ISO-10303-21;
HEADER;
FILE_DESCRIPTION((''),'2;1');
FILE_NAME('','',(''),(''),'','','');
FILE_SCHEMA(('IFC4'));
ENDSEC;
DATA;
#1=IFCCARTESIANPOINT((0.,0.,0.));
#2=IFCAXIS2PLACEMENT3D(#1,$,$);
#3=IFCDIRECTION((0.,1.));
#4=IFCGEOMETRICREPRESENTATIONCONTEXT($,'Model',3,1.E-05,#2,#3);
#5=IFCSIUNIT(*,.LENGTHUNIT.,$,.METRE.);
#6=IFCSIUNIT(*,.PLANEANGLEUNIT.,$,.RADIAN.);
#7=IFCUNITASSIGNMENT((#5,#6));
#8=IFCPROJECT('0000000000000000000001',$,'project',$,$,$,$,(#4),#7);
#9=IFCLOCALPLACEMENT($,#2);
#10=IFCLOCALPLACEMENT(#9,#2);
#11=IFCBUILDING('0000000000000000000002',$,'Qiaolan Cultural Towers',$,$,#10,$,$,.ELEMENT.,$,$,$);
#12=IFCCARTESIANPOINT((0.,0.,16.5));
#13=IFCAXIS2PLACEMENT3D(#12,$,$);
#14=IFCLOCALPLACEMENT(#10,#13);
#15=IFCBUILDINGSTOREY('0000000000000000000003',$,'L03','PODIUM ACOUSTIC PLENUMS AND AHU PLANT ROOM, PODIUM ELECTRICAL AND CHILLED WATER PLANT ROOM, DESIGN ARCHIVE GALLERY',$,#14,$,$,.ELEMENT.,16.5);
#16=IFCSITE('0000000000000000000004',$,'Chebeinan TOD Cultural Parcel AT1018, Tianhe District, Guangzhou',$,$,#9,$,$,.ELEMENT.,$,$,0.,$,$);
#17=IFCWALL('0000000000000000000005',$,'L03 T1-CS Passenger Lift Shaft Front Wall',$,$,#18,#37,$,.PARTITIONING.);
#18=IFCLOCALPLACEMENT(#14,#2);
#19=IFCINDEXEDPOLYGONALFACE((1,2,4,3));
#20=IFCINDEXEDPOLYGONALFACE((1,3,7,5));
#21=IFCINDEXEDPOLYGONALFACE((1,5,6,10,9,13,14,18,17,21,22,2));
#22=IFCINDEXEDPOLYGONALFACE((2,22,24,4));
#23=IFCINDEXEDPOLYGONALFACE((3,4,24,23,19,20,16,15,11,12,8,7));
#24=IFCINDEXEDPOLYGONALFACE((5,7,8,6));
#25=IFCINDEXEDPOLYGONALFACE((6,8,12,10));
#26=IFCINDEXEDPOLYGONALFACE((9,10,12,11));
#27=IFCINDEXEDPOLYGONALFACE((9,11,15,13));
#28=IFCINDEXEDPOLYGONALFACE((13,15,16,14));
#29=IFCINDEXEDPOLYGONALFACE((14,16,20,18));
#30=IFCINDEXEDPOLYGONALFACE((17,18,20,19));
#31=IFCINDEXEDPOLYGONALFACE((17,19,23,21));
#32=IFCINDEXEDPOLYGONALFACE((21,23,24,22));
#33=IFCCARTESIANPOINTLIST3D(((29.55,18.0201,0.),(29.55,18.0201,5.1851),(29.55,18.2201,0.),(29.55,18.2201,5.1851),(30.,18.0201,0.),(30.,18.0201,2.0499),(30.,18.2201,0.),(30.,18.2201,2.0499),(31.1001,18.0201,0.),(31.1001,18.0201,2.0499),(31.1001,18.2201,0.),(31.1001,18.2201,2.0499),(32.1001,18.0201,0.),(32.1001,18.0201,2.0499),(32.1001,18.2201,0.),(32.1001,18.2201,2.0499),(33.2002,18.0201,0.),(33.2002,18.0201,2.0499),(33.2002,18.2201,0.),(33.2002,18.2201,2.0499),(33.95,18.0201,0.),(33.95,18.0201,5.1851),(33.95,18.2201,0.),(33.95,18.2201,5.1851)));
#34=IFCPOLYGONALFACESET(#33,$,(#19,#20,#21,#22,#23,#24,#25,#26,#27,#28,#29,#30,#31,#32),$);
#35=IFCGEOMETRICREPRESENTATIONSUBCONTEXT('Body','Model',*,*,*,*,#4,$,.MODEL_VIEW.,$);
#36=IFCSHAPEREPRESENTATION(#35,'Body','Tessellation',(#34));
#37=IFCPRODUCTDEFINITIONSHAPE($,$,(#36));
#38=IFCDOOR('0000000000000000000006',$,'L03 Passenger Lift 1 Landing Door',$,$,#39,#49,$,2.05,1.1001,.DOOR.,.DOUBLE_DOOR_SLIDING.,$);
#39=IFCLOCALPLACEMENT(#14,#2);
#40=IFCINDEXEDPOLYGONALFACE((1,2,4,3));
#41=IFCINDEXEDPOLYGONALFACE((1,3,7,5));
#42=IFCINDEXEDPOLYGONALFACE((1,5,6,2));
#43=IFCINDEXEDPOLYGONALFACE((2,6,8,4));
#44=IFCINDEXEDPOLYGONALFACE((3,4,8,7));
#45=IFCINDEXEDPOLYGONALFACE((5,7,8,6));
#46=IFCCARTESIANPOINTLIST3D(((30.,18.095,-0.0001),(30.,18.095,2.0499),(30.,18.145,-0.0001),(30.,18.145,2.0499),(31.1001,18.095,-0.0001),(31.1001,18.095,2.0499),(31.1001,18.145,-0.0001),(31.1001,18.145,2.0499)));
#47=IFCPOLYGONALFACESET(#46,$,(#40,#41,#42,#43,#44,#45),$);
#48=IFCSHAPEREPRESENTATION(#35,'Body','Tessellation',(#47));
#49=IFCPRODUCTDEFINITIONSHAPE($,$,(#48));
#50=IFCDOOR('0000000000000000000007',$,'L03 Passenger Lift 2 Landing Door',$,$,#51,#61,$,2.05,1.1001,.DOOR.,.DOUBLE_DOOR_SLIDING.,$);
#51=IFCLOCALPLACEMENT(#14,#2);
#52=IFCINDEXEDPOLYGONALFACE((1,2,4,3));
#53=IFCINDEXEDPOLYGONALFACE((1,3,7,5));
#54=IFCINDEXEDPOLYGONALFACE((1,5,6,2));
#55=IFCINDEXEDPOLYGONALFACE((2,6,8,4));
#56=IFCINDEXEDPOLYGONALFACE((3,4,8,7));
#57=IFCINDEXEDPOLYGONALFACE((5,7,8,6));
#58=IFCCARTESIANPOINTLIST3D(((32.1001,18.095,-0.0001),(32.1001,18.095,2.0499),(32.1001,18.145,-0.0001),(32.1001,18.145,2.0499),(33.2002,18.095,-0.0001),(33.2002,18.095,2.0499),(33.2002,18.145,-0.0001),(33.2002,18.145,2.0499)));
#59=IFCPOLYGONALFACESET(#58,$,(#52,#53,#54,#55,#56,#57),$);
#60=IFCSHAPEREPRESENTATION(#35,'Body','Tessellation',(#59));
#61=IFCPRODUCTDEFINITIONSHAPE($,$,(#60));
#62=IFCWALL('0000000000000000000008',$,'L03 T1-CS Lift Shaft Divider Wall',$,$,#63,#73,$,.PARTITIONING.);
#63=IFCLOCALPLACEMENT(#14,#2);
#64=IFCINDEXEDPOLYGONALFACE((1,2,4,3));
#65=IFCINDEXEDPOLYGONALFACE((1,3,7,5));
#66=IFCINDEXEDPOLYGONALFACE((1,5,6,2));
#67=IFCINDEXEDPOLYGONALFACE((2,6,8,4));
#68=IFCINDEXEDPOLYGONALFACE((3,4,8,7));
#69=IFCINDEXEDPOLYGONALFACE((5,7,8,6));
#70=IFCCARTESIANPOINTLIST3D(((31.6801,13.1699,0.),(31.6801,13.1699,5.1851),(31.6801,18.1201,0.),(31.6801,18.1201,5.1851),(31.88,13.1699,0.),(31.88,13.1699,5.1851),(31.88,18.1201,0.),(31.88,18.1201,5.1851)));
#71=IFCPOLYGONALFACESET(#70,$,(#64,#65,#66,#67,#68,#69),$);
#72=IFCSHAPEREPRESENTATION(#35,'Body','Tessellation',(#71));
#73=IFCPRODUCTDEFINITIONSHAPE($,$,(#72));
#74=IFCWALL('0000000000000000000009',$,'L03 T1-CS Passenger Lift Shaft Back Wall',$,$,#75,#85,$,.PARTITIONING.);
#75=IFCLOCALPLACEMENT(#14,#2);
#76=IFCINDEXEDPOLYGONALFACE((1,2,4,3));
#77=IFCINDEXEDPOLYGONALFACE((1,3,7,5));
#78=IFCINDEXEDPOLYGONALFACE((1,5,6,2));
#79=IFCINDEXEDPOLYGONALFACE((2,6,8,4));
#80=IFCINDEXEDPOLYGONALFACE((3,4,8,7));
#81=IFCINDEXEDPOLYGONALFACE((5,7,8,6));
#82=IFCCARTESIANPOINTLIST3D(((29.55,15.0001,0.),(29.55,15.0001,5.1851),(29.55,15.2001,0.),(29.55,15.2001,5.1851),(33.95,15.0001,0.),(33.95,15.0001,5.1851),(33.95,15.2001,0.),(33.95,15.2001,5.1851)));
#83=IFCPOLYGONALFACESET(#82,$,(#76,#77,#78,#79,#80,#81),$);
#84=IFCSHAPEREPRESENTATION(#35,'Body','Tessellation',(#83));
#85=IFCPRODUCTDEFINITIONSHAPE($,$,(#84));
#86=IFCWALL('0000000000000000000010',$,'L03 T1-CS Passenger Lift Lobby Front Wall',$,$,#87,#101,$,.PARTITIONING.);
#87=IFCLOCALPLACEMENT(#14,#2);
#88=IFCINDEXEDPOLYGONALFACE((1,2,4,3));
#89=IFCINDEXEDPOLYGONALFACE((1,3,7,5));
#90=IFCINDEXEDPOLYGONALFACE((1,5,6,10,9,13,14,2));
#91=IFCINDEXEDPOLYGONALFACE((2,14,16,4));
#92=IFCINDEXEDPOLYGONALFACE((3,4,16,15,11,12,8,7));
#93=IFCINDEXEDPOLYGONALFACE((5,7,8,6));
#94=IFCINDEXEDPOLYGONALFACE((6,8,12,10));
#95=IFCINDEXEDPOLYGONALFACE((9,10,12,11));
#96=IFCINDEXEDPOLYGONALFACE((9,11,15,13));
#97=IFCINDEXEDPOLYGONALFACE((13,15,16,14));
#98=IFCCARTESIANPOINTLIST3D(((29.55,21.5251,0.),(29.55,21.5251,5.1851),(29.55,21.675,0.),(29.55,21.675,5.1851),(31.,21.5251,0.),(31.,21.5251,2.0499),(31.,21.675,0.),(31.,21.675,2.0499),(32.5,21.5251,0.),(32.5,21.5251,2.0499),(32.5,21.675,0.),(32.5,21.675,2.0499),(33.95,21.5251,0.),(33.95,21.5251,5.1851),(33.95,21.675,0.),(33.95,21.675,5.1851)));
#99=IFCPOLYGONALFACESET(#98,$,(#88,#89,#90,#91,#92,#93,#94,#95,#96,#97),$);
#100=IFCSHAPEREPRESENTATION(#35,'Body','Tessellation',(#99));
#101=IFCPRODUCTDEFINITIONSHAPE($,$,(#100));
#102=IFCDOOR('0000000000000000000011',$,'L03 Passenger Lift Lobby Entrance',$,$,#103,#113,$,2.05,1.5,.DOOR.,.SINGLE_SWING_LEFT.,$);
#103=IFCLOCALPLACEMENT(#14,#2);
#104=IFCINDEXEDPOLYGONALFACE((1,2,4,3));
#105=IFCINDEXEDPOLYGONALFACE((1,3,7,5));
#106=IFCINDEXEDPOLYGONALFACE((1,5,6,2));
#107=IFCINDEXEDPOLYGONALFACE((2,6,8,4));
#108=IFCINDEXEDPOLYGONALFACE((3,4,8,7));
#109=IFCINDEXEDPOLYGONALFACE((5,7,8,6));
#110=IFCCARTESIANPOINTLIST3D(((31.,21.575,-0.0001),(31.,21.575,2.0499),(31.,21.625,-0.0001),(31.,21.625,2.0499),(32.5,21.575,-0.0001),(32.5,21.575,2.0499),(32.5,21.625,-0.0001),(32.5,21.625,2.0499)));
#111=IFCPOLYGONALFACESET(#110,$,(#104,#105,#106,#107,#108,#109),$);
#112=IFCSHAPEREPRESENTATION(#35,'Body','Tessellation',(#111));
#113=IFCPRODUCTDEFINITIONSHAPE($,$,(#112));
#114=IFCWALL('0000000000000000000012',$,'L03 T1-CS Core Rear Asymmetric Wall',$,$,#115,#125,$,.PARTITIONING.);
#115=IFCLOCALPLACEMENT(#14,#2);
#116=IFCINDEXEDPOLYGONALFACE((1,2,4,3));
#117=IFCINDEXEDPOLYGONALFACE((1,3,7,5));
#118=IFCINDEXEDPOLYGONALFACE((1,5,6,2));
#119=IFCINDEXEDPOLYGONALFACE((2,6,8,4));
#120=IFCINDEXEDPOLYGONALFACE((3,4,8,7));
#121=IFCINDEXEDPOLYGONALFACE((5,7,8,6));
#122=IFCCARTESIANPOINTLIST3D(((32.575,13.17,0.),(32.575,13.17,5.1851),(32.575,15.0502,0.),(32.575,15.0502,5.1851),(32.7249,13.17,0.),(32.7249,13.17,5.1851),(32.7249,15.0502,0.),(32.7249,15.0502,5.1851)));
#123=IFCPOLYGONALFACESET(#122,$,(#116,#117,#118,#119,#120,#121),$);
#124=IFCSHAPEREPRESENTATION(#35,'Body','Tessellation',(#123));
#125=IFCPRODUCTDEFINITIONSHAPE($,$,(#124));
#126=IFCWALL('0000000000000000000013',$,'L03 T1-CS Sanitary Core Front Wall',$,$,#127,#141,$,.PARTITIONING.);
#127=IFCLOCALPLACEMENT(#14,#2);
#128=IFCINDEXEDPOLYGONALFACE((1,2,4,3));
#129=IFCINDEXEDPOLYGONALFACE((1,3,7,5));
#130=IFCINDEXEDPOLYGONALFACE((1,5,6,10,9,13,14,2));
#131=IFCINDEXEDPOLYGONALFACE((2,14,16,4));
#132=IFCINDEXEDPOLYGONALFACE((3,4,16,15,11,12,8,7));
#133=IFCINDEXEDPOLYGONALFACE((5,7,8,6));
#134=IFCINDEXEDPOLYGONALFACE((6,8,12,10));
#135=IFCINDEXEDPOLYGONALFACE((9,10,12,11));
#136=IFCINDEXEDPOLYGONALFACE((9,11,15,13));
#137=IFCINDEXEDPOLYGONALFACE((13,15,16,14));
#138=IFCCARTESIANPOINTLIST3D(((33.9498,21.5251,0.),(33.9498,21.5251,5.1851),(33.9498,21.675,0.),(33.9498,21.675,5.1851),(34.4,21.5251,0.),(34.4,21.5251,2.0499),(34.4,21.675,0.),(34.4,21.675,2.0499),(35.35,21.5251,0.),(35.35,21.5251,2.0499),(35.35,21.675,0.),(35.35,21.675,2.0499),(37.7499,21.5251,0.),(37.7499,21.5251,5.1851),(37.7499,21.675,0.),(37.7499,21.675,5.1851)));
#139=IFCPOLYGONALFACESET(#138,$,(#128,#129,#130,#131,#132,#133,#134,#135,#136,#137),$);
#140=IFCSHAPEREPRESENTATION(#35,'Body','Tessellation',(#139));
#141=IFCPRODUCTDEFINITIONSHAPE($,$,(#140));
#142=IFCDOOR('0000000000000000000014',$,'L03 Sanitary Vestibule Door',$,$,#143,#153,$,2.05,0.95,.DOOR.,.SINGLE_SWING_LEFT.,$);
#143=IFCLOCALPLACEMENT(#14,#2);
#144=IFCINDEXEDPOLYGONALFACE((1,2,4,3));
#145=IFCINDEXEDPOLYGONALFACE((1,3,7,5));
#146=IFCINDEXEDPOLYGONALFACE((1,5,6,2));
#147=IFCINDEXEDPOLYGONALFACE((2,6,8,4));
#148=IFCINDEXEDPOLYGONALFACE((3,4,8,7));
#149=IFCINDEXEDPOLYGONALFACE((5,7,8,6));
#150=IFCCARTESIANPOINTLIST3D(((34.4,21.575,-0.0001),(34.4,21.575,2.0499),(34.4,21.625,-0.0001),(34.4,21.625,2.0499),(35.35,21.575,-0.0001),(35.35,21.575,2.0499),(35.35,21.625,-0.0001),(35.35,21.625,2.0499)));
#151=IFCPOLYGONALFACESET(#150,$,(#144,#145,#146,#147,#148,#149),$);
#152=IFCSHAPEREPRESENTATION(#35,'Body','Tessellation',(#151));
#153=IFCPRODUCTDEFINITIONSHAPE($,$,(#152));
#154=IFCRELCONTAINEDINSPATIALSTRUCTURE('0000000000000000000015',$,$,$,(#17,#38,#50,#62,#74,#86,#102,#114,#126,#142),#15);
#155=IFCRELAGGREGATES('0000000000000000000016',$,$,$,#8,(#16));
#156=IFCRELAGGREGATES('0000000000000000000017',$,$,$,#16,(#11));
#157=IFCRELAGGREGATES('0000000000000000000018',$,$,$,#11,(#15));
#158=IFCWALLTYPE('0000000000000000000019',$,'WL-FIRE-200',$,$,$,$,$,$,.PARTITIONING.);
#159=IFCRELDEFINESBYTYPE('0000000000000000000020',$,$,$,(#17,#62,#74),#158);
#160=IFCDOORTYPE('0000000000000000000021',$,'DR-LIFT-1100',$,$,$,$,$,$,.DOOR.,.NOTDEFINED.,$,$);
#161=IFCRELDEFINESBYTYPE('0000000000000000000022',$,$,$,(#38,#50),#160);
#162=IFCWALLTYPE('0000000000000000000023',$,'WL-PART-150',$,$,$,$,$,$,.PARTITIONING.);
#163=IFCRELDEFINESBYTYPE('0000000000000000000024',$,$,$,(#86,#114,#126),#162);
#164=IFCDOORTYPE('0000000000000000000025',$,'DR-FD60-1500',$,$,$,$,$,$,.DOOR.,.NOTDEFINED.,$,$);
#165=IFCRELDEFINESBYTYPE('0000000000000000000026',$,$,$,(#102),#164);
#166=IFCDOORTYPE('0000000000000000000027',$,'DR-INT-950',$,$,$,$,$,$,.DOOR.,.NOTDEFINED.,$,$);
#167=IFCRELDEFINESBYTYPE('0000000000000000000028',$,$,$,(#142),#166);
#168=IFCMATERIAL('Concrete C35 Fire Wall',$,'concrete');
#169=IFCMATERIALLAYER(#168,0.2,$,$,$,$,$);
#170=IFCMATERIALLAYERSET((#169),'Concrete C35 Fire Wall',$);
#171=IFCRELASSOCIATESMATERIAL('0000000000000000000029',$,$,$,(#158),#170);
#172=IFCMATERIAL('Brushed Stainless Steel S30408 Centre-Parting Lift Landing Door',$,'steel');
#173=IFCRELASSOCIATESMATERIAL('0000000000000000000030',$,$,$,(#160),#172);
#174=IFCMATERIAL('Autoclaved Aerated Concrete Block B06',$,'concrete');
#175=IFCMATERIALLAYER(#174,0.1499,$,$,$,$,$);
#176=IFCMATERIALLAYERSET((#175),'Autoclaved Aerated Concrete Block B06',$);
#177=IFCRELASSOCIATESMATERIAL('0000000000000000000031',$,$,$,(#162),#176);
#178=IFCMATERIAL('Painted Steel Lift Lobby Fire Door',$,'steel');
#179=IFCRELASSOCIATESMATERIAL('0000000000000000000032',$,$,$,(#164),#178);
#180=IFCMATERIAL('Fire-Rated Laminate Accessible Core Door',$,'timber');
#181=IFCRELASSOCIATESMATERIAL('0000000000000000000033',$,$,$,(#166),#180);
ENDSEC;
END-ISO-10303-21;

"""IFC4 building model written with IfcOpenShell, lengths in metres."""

from ifc_helpers import new_model, si_unit, direction, frame, frame_2d, origin, place, context, subcontext, project, spatial, rectangle, extrude, material, layer, layer_set, type_object, element, fill, save


model = new_model("IFC4")

# Units and contexts
model_context = context("Model", 3, precision=1e-05, world=origin(), true_north=direction((0.0, 1.0)))
body_context = subcontext(model_context, "Body", "Model", "MODEL_VIEW")
ifc_project = project(units=[si_unit("LENGTHUNIT", "METRE"), si_unit("PLANEANGLEUNIT", "RADIAN")], contexts=[model_context])

# Site, building, storey
site_placement = place(None, origin())
site = spatial("IfcSite", under=ifc_project, at=site_placement, Name="Chebeinan TOD Cultural Parcel AT1018, Tianhe District, Guangzhou", CompositionType="ELEMENT", RefElevation=0.0)
building_placement = place(site_placement, origin())
building = spatial("IfcBuilding", under=site, at=building_placement, Name="Qiaolan Cultural Towers", CompositionType="ELEMENT")
storey_placement = place(building_placement, frame((0.0, 0.0, 16.5)))
storey = spatial("IfcBuildingStorey", under=building, at=storey_placement, Name="L03", Description="PODIUM ACOUSTIC PLENUMS AND AHU PLANT ROOM, PODIUM ELECTRICAL AND CHILLED WATER PLANT ROOM, DESIGN ARCHIVE GALLERY", CompositionType="ELEMENT", Elevation=16.5)

# Shared definitions
ifc_material_1 = material(Name="Concrete C35 Fire Wall", Category="concrete")
ifc_layer_1 = layer(ifc_material_1, 0.2)
ifc_layer_set_1 = layer_set([ifc_layer_1], Name="Concrete C35 Fire Wall")
wall_type_1 = type_object("IfcWallType", Name="WL-FIRE-200", PredefinedType="PARTITIONING", material=ifc_layer_set_1)

# Wall, openings, doors
wall_1_placement = place(storey_placement, frame((29.55, 18.1201, 0.0), z_axis=(0.0, 0.0, 1.0), x_axis=(1.0, 0.0, 0.0)))
wall_1 = element("IfcWall", 1, at=wall_1_placement, inside=storey, type_object=wall_type_1, Name="L03 T1-CS Passenger Lift Shaft Front Wall", PredefinedType="PARTITIONING", context=body_context, shape_type="SweptSolid", body=[
    extrude(rectangle(XDim=4.3999, YDim=0.2, at=frame_2d((2.2, 0.0))), origin(), (0.0, 0.0, 1.0), 5.1851),
])
opening_1_placement = place(wall_1_placement, frame((0.45, 0.0, 0.0)))
opening_1 = element("IfcOpeningElement", 2, at=opening_1_placement, cuts=wall_1, PredefinedType="OPENING", context=body_context, shape_type="SweptSolid", body=[
    extrude(rectangle(XDim=1.1001, YDim=2.05, at=frame_2d((0.55, 1.0249))), frame((0.0, 0.1099, 0.0), z_axis=(0.0, -1.0, 0.0), x_axis=(1.0, 0.0, 0.0)), (0.0, 0.0, 1.0), 0.22),
])
opening_2_placement = place(wall_1_placement, frame((2.55, 0.0, 0.0)))
opening_2 = element("IfcOpeningElement", 3, at=opening_2_placement, cuts=wall_1, PredefinedType="OPENING", context=body_context, shape_type="SweptSolid", body=[
    extrude(rectangle(XDim=1.1001, YDim=2.05, at=frame_2d((0.55, 1.0249))), frame((0.0, 0.1099, 0.0), z_axis=(0.0, -1.0, 0.0), x_axis=(1.0, 0.0, 0.0)), (0.0, 0.0, 1.0), 0.22),
])
ifc_material_2 = material(Name="Brushed Stainless Steel S30408 Centre-Parting Lift Landing Door", Category="steel")
door_type_1 = type_object("IfcDoorType", Name="DR-LIFT-1100", OperationType="NOTDEFINED", PredefinedType="DOOR", material=ifc_material_2)
door_1_placement = place(opening_1_placement, origin())
door_1 = element("IfcDoor", 4, at=door_1_placement, inside=storey, type_object=door_type_1, Name="L03 Passenger Lift 1 Landing Door", OperationType="DOUBLE_DOOR_SLIDING", OverallHeight=2.05, OverallWidth=1.1001, PredefinedType="DOOR", context=body_context, shape_type="SweptSolid", body=[
    extrude(rectangle(XDim=1.1001, YDim=2.05, at=frame_2d((0.55, 1.0249))), frame((0.0, 0.0249, 0.0), z_axis=(0.0, -1.0, 0.0), x_axis=(1.0, 0.0, 0.0)), (0.0, 0.0, 1.0), 0.05),
])
fill(opening_1, door_1)
door_2_placement = place(opening_2_placement, origin())
door_2 = element("IfcDoor", 5, at=door_2_placement, inside=storey, type_object=door_type_1, Name="L03 Passenger Lift 2 Landing Door", OperationType="DOUBLE_DOOR_SLIDING", OverallHeight=2.05, OverallWidth=1.1001, PredefinedType="DOOR", context=body_context, shape_type="SweptSolid", body=[
    extrude(rectangle(XDim=1.1001, YDim=2.05, at=frame_2d((0.55, 1.0249))), frame((0.0, 0.0249, 0.0), z_axis=(0.0, -1.0, 0.0), x_axis=(1.0, 0.0, 0.0)), (0.0, 0.0, 1.0), 0.05),
])
fill(opening_2, door_2)

# Walls
wall_2_placement = place(storey_placement, frame((31.78, 18.1201, 0.0), z_axis=(0.0, 0.0, 1.0), x_axis=(0.0, -1.0, 0.0)))
element("IfcWall", 6, at=wall_2_placement, inside=storey, type_object=wall_type_1, Name="L03 T1-CS Lift Shaft Divider Wall", PredefinedType="PARTITIONING", context=body_context, shape_type="SweptSolid", body=[
    extrude(rectangle(XDim=4.9502, YDim=0.2, at=frame_2d((2.4751, 0.0))), origin(), (0.0, 0.0, 1.0), 5.1851),
])
wall_3_placement = place(storey_placement, frame((29.55, 15.1001, 0.0), z_axis=(0.0, 0.0, 1.0), x_axis=(1.0, 0.0, 0.0)))
element("IfcWall", 7, at=wall_3_placement, inside=storey, type_object=wall_type_1, Name="L03 T1-CS Passenger Lift Shaft Back Wall", PredefinedType="PARTITIONING", context=body_context, shape_type="SweptSolid", body=[
    extrude(rectangle(XDim=4.3999, YDim=0.2, at=frame_2d((2.2, 0.0))), origin(), (0.0, 0.0, 1.0), 5.1851),
])

# Wall, opening, door
ifc_material_3 = material(Name="Autoclaved Aerated Concrete Block B06", Category="concrete")
ifc_layer_2 = layer(ifc_material_3, 0.1499)
ifc_layer_set_2 = layer_set([ifc_layer_2], Name="Autoclaved Aerated Concrete Block B06")
wall_type_2 = type_object("IfcWallType", Name="WL-PART-150", PredefinedType="PARTITIONING", material=ifc_layer_set_2)
wall_4_placement = place(storey_placement, frame((29.55, 21.6001, 0.0), z_axis=(0.0, 0.0, 1.0), x_axis=(1.0, 0.0, 0.0)))
wall_4 = element("IfcWall", 8, at=wall_4_placement, inside=storey, type_object=wall_type_2, Name="L03 T1-CS Passenger Lift Lobby Front Wall", PredefinedType="PARTITIONING", context=body_context, shape_type="SweptSolid", body=[
    extrude(rectangle(XDim=4.3999, YDim=0.1499, at=frame_2d((2.2, 0.0))), origin(), (0.0, 0.0, 1.0), 5.1851),
])
opening_3_placement = place(wall_4_placement, frame((1.45, 0.0, 0.0)))
opening_3 = element("IfcOpeningElement", 9, at=opening_3_placement, cuts=wall_4, PredefinedType="OPENING", context=body_context, shape_type="SweptSolid", body=[
    extrude(rectangle(XDim=1.5, YDim=2.05, at=frame_2d((0.75, 1.0249))), frame((0.0, 0.085, 0.0), z_axis=(0.0, -1.0, 0.0), x_axis=(1.0, 0.0, 0.0)), (0.0, 0.0, 1.0), 0.1699),
])
ifc_material_4 = material(Name="Painted Steel Lift Lobby Fire Door", Category="steel")
door_type_2 = type_object("IfcDoorType", Name="DR-FD60-1500", OperationType="NOTDEFINED", PredefinedType="DOOR", material=ifc_material_4)
door_3_placement = place(opening_3_placement, origin())
door_3 = element("IfcDoor", 10, at=door_3_placement, inside=storey, type_object=door_type_2, Name="L03 Passenger Lift Lobby Entrance", OperationType="SINGLE_SWING_LEFT", OverallHeight=2.05, OverallWidth=1.5, PredefinedType="DOOR", context=body_context, shape_type="SweptSolid", body=[
    extrude(rectangle(XDim=1.5, YDim=2.05, at=frame_2d((0.75, 1.0249))), frame((0.0, 0.0249, 0.0), z_axis=(0.0, -1.0, 0.0), x_axis=(1.0, 0.0, 0.0)), (0.0, 0.0, 1.0), 0.05),
])
fill(opening_3, door_3)

# Wall
wall_5_placement = place(storey_placement, frame((32.6499, 15.05, 0.0), z_axis=(0.0, 0.0, 1.0), x_axis=(0.0, -1.0, 0.0)))
element("IfcWall", 11, at=wall_5_placement, inside=storey, type_object=wall_type_2, Name="L03 T1-CS Core Rear Asymmetric Wall", PredefinedType="PARTITIONING", context=body_context, shape_type="SweptSolid", body=[
    extrude(rectangle(XDim=1.8801, YDim=0.1499, at=frame_2d((0.9399, 0.0))), origin(), (0.0, 0.0, 1.0), 5.1851),
])

# Wall, opening, door
wall_6_placement = place(storey_placement, frame((33.95, 21.6001, 0.0), z_axis=(0.0, 0.0, 1.0), x_axis=(1.0, 0.0, 0.0)))
wall_6 = element("IfcWall", 12, at=wall_6_placement, inside=storey, type_object=wall_type_2, Name="L03 T1-CS Sanitary Core Front Wall", PredefinedType="PARTITIONING", context=body_context, shape_type="SweptSolid", body=[
    extrude(rectangle(XDim=3.8, YDim=0.1499, at=frame_2d((1.8999, 0.0))), origin(), (0.0, 0.0, 1.0), 5.1851),
])
opening_4_placement = place(wall_6_placement, frame((0.45, 0.0, 0.0)))
opening_4 = element("IfcOpeningElement", 13, at=opening_4_placement, cuts=wall_6, PredefinedType="OPENING", context=body_context, shape_type="SweptSolid", body=[
    extrude(rectangle(XDim=0.95, YDim=2.05, at=frame_2d((0.4751, 1.0249))), frame((0.0, 0.085, 0.0), z_axis=(0.0, -1.0, 0.0), x_axis=(1.0, 0.0, 0.0)), (0.0, 0.0, 1.0), 0.1699),
])
ifc_material_5 = material(Name="Fire-Rated Laminate Accessible Core Door", Category="timber")
door_type_3 = type_object("IfcDoorType", Name="DR-INT-950", OperationType="NOTDEFINED", PredefinedType="DOOR", material=ifc_material_5)
door_4_placement = place(opening_4_placement, origin())
door_4 = element("IfcDoor", 14, at=door_4_placement, inside=storey, type_object=door_type_3, Name="L03 Sanitary Vestibule Door", OperationType="SINGLE_SWING_LEFT", OverallHeight=2.05, OverallWidth=0.95, PredefinedType="DOOR", context=body_context, shape_type="SweptSolid", body=[
    extrude(rectangle(XDim=0.95, YDim=2.05, at=frame_2d((0.4751, 1.0249))), frame((0.0, 0.0249, 0.0), z_axis=(0.0, -1.0, 0.0), x_axis=(1.0, 0.0, 0.0)), (0.0, 0.0, 1.0), 0.05),
])
fill(opening_4, door_4)

save(model, "model.ifc")
